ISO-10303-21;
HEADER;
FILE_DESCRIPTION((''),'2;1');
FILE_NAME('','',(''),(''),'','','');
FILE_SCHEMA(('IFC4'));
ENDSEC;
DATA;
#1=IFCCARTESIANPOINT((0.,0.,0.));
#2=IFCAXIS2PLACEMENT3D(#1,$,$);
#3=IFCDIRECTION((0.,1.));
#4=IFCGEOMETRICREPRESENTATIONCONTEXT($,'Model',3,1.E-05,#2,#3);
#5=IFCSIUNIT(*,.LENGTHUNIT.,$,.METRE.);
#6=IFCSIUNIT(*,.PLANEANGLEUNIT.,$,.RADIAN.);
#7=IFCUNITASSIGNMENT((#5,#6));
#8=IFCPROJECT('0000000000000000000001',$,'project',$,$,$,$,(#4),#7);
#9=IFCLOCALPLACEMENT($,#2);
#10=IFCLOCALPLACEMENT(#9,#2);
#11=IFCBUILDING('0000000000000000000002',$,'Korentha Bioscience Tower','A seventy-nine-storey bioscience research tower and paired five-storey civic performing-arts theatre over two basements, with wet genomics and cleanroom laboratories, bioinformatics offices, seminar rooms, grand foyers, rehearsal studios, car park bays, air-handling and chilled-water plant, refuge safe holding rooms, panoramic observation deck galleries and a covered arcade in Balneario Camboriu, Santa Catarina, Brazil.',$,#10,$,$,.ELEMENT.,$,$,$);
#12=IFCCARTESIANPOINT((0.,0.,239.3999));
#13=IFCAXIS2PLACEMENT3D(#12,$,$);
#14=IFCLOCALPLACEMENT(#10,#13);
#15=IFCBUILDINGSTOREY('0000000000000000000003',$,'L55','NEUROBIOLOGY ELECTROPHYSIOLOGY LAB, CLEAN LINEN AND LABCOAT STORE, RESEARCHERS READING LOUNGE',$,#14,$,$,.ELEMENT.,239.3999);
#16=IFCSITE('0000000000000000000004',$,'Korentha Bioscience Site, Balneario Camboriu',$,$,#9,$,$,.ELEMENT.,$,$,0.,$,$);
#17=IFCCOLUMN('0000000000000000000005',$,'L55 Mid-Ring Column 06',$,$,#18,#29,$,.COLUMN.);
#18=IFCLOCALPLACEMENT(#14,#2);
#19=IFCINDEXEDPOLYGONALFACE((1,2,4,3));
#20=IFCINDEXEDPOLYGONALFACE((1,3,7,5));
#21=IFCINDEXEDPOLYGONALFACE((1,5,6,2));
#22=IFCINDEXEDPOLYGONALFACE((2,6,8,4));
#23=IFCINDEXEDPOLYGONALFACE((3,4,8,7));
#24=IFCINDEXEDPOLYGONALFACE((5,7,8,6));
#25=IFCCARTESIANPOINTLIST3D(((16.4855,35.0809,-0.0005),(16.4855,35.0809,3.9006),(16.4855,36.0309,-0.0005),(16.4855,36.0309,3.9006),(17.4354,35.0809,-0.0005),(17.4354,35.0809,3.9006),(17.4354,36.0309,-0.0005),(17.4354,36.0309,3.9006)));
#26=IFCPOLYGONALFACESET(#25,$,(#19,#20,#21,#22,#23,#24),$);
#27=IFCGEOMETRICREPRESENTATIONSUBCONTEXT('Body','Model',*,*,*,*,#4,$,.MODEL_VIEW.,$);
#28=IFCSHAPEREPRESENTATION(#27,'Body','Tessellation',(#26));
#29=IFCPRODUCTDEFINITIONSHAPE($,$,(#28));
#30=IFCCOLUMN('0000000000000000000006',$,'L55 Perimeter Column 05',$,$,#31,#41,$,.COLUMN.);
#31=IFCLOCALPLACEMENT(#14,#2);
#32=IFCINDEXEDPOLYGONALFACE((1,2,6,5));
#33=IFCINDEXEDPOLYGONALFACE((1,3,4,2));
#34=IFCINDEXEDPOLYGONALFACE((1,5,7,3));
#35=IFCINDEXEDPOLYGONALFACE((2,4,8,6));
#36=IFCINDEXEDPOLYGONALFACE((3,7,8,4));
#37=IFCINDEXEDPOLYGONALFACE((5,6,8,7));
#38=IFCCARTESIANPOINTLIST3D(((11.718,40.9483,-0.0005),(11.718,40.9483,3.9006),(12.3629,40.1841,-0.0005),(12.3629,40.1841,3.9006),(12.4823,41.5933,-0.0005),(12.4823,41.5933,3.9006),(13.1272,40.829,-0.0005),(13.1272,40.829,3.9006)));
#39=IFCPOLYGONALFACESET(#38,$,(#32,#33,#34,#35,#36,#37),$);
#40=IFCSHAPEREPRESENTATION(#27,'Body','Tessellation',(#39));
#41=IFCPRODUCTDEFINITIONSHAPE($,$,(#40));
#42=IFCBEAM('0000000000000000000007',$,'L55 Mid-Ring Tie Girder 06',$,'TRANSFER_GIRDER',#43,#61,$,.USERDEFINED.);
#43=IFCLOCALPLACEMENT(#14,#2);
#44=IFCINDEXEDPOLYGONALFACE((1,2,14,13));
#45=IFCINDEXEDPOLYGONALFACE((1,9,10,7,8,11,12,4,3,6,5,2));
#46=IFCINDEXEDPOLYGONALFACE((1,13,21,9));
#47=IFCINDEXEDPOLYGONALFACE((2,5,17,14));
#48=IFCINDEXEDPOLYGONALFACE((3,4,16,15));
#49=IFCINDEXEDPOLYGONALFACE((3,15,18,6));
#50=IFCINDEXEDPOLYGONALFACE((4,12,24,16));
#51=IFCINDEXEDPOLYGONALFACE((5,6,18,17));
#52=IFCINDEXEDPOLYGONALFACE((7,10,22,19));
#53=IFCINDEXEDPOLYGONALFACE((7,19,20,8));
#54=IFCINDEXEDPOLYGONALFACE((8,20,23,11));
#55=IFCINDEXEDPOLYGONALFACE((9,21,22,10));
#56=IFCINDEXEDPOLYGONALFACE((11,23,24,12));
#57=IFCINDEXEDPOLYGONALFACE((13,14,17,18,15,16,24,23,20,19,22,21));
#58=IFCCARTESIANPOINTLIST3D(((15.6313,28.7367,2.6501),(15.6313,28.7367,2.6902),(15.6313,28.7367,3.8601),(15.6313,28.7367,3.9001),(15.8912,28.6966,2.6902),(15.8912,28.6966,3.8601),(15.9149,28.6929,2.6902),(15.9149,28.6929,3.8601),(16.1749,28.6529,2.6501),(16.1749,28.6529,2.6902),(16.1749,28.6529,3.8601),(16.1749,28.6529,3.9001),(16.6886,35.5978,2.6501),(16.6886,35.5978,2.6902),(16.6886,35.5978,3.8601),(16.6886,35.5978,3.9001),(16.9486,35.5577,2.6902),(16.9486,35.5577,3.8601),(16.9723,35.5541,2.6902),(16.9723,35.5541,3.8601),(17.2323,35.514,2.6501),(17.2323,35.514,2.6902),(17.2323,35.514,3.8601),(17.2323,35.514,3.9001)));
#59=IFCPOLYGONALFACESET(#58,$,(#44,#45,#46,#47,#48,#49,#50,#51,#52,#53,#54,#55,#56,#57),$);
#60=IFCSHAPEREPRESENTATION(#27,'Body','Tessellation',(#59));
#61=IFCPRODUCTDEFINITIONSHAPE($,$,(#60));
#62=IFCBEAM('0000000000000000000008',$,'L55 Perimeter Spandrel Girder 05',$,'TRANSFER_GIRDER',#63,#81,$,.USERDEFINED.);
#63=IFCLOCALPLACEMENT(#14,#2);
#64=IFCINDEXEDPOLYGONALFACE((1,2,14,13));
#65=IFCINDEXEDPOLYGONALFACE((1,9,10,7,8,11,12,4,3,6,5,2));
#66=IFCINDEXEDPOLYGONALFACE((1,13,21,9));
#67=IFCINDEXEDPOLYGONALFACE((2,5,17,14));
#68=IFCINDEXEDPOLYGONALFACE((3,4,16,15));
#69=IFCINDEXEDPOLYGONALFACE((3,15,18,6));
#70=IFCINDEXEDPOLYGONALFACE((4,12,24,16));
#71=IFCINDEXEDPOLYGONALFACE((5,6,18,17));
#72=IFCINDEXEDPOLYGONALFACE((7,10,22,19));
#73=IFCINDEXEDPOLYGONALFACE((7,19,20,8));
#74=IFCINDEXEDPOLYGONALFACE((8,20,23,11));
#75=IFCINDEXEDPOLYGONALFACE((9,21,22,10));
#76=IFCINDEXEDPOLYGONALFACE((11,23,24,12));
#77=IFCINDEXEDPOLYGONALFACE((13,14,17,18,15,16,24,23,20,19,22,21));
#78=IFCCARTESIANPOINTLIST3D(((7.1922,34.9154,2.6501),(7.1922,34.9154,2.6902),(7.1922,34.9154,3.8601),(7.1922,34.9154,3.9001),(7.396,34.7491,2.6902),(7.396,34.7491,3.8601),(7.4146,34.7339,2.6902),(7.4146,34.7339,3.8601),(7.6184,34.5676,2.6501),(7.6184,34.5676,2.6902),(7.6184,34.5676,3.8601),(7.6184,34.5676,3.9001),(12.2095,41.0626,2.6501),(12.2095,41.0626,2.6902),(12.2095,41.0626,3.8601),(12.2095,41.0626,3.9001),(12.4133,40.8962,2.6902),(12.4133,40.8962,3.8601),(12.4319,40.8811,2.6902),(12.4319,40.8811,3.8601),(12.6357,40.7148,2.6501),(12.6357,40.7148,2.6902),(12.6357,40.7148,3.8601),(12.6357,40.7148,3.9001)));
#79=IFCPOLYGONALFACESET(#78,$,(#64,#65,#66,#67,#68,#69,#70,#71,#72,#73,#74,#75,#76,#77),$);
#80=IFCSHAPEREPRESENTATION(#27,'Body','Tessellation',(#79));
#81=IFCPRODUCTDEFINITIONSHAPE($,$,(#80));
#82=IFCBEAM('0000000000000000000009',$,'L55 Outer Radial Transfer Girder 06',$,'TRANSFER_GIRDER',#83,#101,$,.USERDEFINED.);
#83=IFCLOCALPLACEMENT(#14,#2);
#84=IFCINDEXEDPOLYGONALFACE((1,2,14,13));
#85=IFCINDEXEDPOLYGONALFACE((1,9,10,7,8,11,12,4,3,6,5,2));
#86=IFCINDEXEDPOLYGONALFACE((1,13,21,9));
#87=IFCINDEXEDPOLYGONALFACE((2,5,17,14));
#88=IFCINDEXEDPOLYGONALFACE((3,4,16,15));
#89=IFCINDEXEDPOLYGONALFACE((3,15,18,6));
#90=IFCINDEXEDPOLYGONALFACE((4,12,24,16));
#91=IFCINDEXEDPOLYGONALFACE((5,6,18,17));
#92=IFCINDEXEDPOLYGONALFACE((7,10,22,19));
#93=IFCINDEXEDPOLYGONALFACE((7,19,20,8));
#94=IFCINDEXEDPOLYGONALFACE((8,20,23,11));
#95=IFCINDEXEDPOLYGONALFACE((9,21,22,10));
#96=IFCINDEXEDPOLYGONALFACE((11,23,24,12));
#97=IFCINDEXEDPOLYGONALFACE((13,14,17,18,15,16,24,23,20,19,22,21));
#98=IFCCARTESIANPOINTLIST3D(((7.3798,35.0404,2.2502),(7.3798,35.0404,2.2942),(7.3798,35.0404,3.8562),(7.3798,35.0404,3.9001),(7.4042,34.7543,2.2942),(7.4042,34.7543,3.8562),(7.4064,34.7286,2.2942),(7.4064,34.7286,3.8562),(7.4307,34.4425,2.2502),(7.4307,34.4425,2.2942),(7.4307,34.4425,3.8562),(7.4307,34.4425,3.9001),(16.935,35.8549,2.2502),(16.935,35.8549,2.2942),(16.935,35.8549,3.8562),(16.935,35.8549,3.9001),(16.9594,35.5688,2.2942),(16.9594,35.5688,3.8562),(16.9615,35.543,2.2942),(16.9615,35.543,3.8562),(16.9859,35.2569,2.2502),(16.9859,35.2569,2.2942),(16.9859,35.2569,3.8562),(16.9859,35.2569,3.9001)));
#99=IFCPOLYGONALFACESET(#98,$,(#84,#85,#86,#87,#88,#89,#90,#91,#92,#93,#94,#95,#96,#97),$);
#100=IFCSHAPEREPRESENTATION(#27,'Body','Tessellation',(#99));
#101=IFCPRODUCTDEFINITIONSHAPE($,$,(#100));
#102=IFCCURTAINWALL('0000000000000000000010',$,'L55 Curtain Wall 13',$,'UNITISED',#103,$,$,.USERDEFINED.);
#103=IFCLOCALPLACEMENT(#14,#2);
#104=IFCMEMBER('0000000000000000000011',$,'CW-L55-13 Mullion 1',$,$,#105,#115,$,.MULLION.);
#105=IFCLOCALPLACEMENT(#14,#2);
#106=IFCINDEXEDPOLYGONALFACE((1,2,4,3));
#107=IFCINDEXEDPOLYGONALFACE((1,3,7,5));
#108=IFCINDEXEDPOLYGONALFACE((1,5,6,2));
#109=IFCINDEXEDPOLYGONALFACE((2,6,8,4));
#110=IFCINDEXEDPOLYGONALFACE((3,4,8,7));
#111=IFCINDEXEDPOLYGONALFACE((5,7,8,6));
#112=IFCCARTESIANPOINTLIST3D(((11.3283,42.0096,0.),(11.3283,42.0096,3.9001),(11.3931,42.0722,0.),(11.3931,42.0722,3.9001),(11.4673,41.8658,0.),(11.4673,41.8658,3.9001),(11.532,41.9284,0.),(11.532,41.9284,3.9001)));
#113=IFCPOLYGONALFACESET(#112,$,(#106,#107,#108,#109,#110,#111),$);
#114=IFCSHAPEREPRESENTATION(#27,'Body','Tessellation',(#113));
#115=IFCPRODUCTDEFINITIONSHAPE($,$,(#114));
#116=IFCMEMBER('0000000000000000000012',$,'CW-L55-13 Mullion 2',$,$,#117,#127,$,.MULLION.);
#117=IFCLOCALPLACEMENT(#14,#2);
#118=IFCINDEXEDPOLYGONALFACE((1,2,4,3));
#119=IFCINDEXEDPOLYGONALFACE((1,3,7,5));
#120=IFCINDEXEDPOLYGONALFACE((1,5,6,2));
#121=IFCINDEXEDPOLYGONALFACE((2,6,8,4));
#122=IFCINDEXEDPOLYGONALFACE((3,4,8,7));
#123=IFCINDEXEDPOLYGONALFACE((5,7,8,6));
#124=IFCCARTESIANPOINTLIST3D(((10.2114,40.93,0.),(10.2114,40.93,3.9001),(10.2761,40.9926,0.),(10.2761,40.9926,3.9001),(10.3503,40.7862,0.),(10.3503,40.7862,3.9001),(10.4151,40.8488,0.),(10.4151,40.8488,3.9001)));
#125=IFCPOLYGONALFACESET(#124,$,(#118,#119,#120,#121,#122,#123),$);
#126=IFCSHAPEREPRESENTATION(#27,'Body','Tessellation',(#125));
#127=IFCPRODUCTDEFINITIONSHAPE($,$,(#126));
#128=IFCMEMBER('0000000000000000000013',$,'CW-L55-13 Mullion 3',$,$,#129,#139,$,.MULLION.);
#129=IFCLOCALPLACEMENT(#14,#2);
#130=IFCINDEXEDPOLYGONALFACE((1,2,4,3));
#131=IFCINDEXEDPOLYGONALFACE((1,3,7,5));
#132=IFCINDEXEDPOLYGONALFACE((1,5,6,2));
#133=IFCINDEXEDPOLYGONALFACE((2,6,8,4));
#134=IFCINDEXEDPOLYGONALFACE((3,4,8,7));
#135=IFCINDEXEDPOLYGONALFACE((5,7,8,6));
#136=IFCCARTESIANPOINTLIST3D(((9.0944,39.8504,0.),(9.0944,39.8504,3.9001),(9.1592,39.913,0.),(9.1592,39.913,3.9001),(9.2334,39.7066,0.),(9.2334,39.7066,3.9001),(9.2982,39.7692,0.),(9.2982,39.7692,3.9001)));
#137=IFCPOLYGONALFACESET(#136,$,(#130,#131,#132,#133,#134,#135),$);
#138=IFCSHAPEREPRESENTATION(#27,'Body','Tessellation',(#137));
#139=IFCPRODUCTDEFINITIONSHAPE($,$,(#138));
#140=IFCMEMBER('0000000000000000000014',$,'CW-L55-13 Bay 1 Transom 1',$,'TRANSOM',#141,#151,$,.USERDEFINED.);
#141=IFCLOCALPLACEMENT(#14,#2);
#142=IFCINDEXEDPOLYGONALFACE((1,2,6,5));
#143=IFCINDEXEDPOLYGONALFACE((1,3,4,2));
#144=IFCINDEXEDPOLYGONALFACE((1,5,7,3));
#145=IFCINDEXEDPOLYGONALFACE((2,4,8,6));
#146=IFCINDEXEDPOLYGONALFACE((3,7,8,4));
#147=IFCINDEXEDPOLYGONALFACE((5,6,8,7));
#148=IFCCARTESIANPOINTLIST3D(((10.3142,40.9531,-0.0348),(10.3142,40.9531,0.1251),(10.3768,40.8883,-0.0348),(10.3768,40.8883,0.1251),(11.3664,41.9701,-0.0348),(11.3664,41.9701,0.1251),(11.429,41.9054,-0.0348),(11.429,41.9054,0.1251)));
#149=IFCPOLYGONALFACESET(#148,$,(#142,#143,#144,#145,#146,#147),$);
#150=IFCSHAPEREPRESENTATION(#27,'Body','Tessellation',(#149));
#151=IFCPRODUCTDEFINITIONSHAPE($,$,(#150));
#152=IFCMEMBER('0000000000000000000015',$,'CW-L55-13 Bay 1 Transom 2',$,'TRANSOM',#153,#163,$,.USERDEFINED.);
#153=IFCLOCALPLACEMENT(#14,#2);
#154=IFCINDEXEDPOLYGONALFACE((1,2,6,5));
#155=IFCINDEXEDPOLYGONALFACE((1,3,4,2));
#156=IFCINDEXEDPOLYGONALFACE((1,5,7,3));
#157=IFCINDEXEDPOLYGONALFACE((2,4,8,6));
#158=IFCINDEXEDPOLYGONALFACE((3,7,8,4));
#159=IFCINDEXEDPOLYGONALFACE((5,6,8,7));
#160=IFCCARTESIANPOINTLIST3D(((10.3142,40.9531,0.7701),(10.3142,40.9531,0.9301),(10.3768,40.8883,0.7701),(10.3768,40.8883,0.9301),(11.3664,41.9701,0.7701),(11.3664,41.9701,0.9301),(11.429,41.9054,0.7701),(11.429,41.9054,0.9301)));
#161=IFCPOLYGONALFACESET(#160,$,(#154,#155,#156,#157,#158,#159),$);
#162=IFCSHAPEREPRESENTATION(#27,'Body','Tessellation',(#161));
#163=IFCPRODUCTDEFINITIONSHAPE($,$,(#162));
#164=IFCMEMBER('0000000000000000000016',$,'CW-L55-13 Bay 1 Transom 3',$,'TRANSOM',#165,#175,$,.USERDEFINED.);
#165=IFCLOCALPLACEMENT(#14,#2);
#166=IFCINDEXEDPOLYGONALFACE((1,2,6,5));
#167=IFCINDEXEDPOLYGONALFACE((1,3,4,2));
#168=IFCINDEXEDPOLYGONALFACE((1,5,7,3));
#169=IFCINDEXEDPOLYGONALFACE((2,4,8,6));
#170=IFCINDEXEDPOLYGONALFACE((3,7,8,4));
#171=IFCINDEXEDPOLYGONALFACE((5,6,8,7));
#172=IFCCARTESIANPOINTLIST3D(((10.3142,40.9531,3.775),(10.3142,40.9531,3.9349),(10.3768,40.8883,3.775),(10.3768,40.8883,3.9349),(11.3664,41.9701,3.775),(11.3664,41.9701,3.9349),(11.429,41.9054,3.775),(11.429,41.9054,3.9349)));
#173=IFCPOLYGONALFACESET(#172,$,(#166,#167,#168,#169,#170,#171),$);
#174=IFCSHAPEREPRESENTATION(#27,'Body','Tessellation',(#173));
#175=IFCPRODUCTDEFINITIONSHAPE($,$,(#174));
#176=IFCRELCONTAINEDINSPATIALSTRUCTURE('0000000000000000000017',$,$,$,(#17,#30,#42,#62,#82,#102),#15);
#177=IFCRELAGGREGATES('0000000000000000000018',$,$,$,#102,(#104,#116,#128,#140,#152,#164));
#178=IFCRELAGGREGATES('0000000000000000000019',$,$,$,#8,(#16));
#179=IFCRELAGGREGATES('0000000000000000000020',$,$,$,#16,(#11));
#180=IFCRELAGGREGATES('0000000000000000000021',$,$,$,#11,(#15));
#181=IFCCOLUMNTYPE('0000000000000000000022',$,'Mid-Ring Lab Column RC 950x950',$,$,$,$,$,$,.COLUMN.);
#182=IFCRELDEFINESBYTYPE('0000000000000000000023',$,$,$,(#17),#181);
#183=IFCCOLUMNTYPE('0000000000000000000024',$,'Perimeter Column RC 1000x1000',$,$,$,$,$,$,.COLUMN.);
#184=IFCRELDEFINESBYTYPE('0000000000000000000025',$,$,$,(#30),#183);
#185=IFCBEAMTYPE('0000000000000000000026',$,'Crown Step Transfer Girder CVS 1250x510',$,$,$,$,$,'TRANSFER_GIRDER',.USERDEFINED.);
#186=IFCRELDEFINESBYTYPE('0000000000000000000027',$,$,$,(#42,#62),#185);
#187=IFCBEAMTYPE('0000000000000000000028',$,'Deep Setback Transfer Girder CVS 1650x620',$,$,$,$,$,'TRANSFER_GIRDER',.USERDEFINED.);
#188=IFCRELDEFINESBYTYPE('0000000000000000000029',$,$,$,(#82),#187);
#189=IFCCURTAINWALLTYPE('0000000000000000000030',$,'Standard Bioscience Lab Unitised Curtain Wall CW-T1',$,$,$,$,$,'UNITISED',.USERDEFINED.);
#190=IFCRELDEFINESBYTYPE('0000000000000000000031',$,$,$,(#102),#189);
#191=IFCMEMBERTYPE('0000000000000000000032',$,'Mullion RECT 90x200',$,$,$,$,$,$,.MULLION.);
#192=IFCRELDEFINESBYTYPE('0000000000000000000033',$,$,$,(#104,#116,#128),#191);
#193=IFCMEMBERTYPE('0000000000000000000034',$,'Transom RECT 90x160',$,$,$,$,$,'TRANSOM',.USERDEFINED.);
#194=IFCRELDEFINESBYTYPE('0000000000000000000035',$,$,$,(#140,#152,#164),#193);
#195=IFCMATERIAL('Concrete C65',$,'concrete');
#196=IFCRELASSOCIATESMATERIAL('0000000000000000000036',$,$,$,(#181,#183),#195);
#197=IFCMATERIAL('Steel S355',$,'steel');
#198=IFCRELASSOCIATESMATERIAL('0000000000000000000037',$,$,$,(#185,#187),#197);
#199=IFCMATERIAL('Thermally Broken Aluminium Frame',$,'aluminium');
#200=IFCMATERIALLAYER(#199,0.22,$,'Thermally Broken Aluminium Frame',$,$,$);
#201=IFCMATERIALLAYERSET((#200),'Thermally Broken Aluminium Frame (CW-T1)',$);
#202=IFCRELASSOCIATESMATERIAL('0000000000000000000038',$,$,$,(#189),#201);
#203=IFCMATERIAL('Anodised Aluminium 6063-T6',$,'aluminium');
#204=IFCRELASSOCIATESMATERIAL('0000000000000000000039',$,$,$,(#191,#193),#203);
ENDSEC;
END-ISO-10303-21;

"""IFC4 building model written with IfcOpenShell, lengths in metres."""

from ifc_helpers import new_model, si_unit, direction, frame, origin, origin_2d, place, context, subcontext, project, spatial, rectangle, i_section, extrude, material, layer, layer_set, material_profile, profile_set, type_object, element, aggregate, save


model = new_model("IFC4")

# Units and contexts
model_context = context("Model", 3, precision=1e-05, world=origin(), true_north=direction((0.0, 1.0)))
body_context = subcontext(model_context, "Body", "Model", "MODEL_VIEW")
ifc_project = project(units=[si_unit("LENGTHUNIT", "METRE"), si_unit("PLANEANGLEUNIT", "RADIAN")], contexts=[model_context])

# Site, building, storey
site_placement = place(None, origin())
site = spatial("IfcSite", under=ifc_project, at=site_placement, Name="Korentha Bioscience Site, Balneario Camboriu", CompositionType="ELEMENT", RefElevation=0.0)
building_placement = place(site_placement, origin())
building = spatial("IfcBuilding", under=site, at=building_placement, Name="Korentha Bioscience Tower", Description="A seventy-nine-storey bioscience research tower and paired five-storey civic performing-arts theatre over two basements, with wet genomics and cleanroom laboratories, bioinformatics offices, seminar rooms, grand foyers, rehearsal studios, car park bays, air-handling and chilled-water plant, refuge safe holding rooms, panoramic observation deck galleries and a covered arcade in Balneario Camboriu, Santa Catarina, Brazil.", CompositionType="ELEMENT")
storey_placement = place(building_placement, frame((0.0, 0.0, 239.3999)))
storey = spatial("IfcBuildingStorey", under=building, at=storey_placement, Name="L55", Description="NEUROBIOLOGY ELECTROPHYSIOLOGY LAB, CLEAN LINEN AND LABCOAT STORE, RESEARCHERS READING LOUNGE", CompositionType="ELEMENT", Elevation=239.3999)

# Columns
ifc_material_1 = material(Name="Concrete C65", Category="concrete")
ifc_material_profile_1 = material_profile(ifc_material_1, rectangle(XDim=0.95, YDim=0.95, at=origin_2d()), Name="Concrete C65")
ifc_profile_set_1 = profile_set([ifc_material_profile_1], Name="Concrete C65 (COL-MR09)")
column_type_1 = type_object("IfcColumnType", Name="Mid-Ring Lab Column RC 950x950", PredefinedType="COLUMN", material=ifc_profile_set_1)
column_1_placement = place(storey_placement, frame((16.9604, 35.5559, -0.0005), z_axis=(0.0, 0.0, 1.0), x_axis=(1.0, 0.0, 0.0)))
element("IfcColumn", 1, at=column_1_placement, inside=storey, type_object=column_type_1, Name="L55 Mid-Ring Column 06", PredefinedType="COLUMN", context=body_context, shape_type="SweptSolid", body=[
    extrude(rectangle(XDim=0.95, YDim=0.95, at=origin_2d()), origin(), (0.0, 0.0, 1.0), 3.9011),
])
ifc_material_profile_2 = material_profile(ifc_material_1, rectangle(XDim=1.0, YDim=1.0, at=origin_2d()), Name="Concrete C65")
ifc_profile_set_2 = profile_set([ifc_material_profile_2], Name="Concrete C65 (COL-P10)")
column_type_2 = type_object("IfcColumnType", Name="Perimeter Column RC 1000x1000", PredefinedType="COLUMN", material=ifc_profile_set_2)
column_2_placement = place(storey_placement, frame((12.4226, 40.8887, -0.0005), z_axis=(0.0, 0.0, 1.0), x_axis=(0.764246, 0.644924, 0.0)))
element("IfcColumn", 2, at=column_2_placement, inside=storey, type_object=column_type_2, Name="L55 Perimeter Column 05", PredefinedType="COLUMN", context=body_context, shape_type="SweptSolid", body=[
    extrude(rectangle(XDim=1.0, YDim=1.0, at=origin_2d()), origin(), (0.0, 0.0, 1.0), 3.9011),
])

# Beams
ifc_material_2 = material(Name="Steel S355", Category="steel")
ifc_material_profile_3 = material_profile(ifc_material_2, i_section(OverallWidth=0.55, OverallDepth=1.25, WebThickness=0.0239, FlangeThickness=0.04, at=origin_2d()), Name="Steel S355")
ifc_profile_set_3 = profile_set([ifc_material_profile_3], Name="Steel S355 (TG-03)")
beam_type_1 = type_object("IfcBeamType", Name="Crown Step Transfer Girder CVS 1250x510", ElementType="TRANSFER_GIRDER", PredefinedType="USERDEFINED", material=ifc_profile_set_3)
beam_1_placement = place(storey_placement, frame((16.9604, 35.5559, 3.2751), z_axis=(-0.152314, -0.988332, 0.0), x_axis=(0.988332, -0.152314, 0.0)))
element("IfcBeam", 3, at=beam_1_placement, inside=storey, type_object=beam_type_1, Name="L55 Mid-Ring Tie Girder 06", ObjectType="TRANSFER_GIRDER", PredefinedType="USERDEFINED", context=body_context, shape_type="SweptSolid", body=[
    extrude(i_section(OverallWidth=0.55, OverallDepth=1.25, WebThickness=0.0239, FlangeThickness=0.04, at=origin_2d()), origin(), (0.0, 0.0, 1.0), 6.9421),
])
beam_2_placement = place(storey_placement, frame((12.4226, 40.8887, 3.2751), z_axis=(-0.632316, -0.774711, 0.0), x_axis=(0.774711, -0.632316, 0.0)))
element("IfcBeam", 4, at=beam_2_placement, inside=storey, type_object=beam_type_1, Name="L55 Perimeter Spandrel Girder 05", ObjectType="TRANSFER_GIRDER", PredefinedType="USERDEFINED", context=body_context, shape_type="SweptSolid", body=[
    extrude(i_section(OverallWidth=0.55, OverallDepth=1.25, WebThickness=0.0239, FlangeThickness=0.04, at=origin_2d()), origin(), (0.0, 0.0, 1.0), 7.9348),
])
ifc_material_profile_4 = material_profile(ifc_material_2, i_section(OverallWidth=0.6001, OverallDepth=1.6499, WebThickness=0.0259, FlangeThickness=0.0439, at=origin_2d()), Name="Steel S355")
ifc_profile_set_4 = profile_set([ifc_material_profile_4], Name="Steel S355 (TG-04)")
beam_type_2 = type_object("IfcBeamType", Name="Deep Setback Transfer Girder CVS 1650x620", ElementType="TRANSFER_GIRDER", PredefinedType="USERDEFINED", material=ifc_profile_set_4)
beam_3_placement = place(storey_placement, frame((16.9604, 35.5559, 3.0752), z_axis=(-0.996387, -0.084929, 0.0), x_axis=(0.084929, -0.996387, 0.0)))
element("IfcBeam", 5, at=beam_3_placement, inside=storey, type_object=beam_type_2, Name="L55 Outer Radial Transfer Girder 06", ObjectType="TRANSFER_GIRDER", PredefinedType="USERDEFINED", context=body_context, shape_type="SweptSolid", body=[
    extrude(i_section(OverallWidth=0.6001, OverallDepth=1.6499, WebThickness=0.0259, FlangeThickness=0.0439, at=origin_2d()), origin(), (0.0, 0.0, 1.0), 9.5898),
])

# Curtain wall, members
ifc_material_3 = material(Name="Thermally Broken Aluminium Frame", Category="aluminium")
ifc_layer_1 = layer(ifc_material_3, 0.22, Name="Thermally Broken Aluminium Frame")
ifc_layer_set_1 = layer_set([ifc_layer_1], Name="Thermally Broken Aluminium Frame (CW-T1)")
curtain_wall_type = type_object("IfcCurtainWallType", Name="Standard Bioscience Lab Unitised Curtain Wall CW-T1", ElementType="UNITISED", PredefinedType="USERDEFINED", material=ifc_layer_set_1)
curtain_wall_placement = place(storey_placement, origin())
curtain_wall = element("IfcCurtainWall", 6, at=curtain_wall_placement, inside=storey, type_object=curtain_wall_type, Name="L55 Curtain Wall 13", ObjectType="UNITISED", PredefinedType="USERDEFINED")
ifc_material_4 = material(Name="Anodised Aluminium 6063-T6", Category="aluminium")
ifc_material_profile_5 = material_profile(ifc_material_4, rectangle(XDim=0.0901, YDim=0.2, at=origin_2d()), Name="Anodised Aluminium 6063-T6")
ifc_profile_set_5 = profile_set([ifc_material_profile_5], Name="Anodised Aluminium 6063-T6 (CW-MUL)")
member_type_1 = type_object("IfcMemberType", Name="Mullion RECT 90x200", PredefinedType="MULLION", material=ifc_profile_set_5)
member_1_placement = place(storey_placement, frame((11.4302, 41.969, 0.0), z_axis=(0.0, 0.0, 1.0), x_axis=(-0.719, -0.69501, 0.0)))
member_1 = element("IfcMember", 7, at=member_1_placement, type_object=member_type_1, Name="CW-L55-13 Mullion 1", PredefinedType="MULLION", context=body_context, shape_type="SweptSolid", body=[
    extrude(rectangle(XDim=0.0901, YDim=0.2, at=origin_2d()), origin(), (0.0, 0.0, 1.0), 3.9001),
])
member_2_placement = place(storey_placement, frame((10.3132, 40.8894, 0.0), z_axis=(0.0, 0.0, 1.0), x_axis=(-0.719, -0.69501, 0.0)))
member_2 = element("IfcMember", 8, at=member_2_placement, type_object=member_type_1, Name="CW-L55-13 Mullion 2", PredefinedType="MULLION", context=body_context, shape_type="SweptSolid", body=[
    extrude(rectangle(XDim=0.0901, YDim=0.2, at=origin_2d()), origin(), (0.0, 0.0, 1.0), 3.9001),
])
member_3_placement = place(storey_placement, frame((9.1963, 39.8098, 0.0), z_axis=(0.0, 0.0, 1.0), x_axis=(-0.719, -0.69501, 0.0)))
member_3 = element("IfcMember", 9, at=member_3_placement, type_object=member_type_1, Name="CW-L55-13 Mullion 3", PredefinedType="MULLION", context=body_context, shape_type="SweptSolid", body=[
    extrude(rectangle(XDim=0.0901, YDim=0.2, at=origin_2d()), origin(), (0.0, 0.0, 1.0), 3.9001),
])
ifc_material_profile_6 = material_profile(ifc_material_4, rectangle(XDim=0.0901, YDim=0.1599, at=origin_2d()), Name="Anodised Aluminium 6063-T6")
ifc_profile_set_6 = profile_set([ifc_material_profile_6], Name="Anodised Aluminium 6063-T6 (CW-TRN)")
member_type_2 = type_object("IfcMemberType", Name="Transom RECT 90x160", ElementType="TRANSOM", PredefinedType="USERDEFINED", material=ifc_profile_set_6)
member_4_placement = place(storey_placement, frame((11.3977, 41.9377, 0.0452), z_axis=(-0.719016, -0.694993, 0.0), x_axis=(0.694993, -0.719016, 0.0)))
member_4 = element("IfcMember", 10, at=member_4_placement, type_object=member_type_2, Name="CW-L55-13 Bay 1 Transom 1", ObjectType="TRANSOM", PredefinedType="USERDEFINED", context=body_context, shape_type="SweptSolid", body=[
    extrude(rectangle(XDim=0.0901, YDim=0.1599, at=origin_2d()), origin(), (0.0, 0.0, 1.0), 1.4634),
])
member_5_placement = place(storey_placement, frame((11.3977, 41.9377, 0.8501), z_axis=(-0.719016, -0.694993, 0.0), x_axis=(0.694993, -0.719016, 0.0)))
member_5 = element("IfcMember", 11, at=member_5_placement, type_object=member_type_2, Name="CW-L55-13 Bay 1 Transom 2", ObjectType="TRANSOM", PredefinedType="USERDEFINED", context=body_context, shape_type="SweptSolid", body=[
    extrude(rectangle(XDim=0.0901, YDim=0.1599, at=origin_2d()), origin(), (0.0, 0.0, 1.0), 1.4634),
])
member_6_placement = place(storey_placement, frame((11.3977, 41.9377, 3.855), z_axis=(-0.719016, -0.694993, 0.0), x_axis=(0.694993, -0.719016, 0.0)))
member_6 = element("IfcMember", 12, at=member_6_placement, type_object=member_type_2, Name="CW-L55-13 Bay 1 Transom 3", ObjectType="TRANSOM", PredefinedType="USERDEFINED", context=body_context, shape_type="SweptSolid", body=[
    extrude(rectangle(XDim=0.0901, YDim=0.1599, at=origin_2d()), origin(), (0.0, 0.0, 1.0), 1.4634),
])
aggregate(curtain_wall, [member_1, member_2, member_3, member_4, member_5, member_6])

save(model, "model.ifc")
